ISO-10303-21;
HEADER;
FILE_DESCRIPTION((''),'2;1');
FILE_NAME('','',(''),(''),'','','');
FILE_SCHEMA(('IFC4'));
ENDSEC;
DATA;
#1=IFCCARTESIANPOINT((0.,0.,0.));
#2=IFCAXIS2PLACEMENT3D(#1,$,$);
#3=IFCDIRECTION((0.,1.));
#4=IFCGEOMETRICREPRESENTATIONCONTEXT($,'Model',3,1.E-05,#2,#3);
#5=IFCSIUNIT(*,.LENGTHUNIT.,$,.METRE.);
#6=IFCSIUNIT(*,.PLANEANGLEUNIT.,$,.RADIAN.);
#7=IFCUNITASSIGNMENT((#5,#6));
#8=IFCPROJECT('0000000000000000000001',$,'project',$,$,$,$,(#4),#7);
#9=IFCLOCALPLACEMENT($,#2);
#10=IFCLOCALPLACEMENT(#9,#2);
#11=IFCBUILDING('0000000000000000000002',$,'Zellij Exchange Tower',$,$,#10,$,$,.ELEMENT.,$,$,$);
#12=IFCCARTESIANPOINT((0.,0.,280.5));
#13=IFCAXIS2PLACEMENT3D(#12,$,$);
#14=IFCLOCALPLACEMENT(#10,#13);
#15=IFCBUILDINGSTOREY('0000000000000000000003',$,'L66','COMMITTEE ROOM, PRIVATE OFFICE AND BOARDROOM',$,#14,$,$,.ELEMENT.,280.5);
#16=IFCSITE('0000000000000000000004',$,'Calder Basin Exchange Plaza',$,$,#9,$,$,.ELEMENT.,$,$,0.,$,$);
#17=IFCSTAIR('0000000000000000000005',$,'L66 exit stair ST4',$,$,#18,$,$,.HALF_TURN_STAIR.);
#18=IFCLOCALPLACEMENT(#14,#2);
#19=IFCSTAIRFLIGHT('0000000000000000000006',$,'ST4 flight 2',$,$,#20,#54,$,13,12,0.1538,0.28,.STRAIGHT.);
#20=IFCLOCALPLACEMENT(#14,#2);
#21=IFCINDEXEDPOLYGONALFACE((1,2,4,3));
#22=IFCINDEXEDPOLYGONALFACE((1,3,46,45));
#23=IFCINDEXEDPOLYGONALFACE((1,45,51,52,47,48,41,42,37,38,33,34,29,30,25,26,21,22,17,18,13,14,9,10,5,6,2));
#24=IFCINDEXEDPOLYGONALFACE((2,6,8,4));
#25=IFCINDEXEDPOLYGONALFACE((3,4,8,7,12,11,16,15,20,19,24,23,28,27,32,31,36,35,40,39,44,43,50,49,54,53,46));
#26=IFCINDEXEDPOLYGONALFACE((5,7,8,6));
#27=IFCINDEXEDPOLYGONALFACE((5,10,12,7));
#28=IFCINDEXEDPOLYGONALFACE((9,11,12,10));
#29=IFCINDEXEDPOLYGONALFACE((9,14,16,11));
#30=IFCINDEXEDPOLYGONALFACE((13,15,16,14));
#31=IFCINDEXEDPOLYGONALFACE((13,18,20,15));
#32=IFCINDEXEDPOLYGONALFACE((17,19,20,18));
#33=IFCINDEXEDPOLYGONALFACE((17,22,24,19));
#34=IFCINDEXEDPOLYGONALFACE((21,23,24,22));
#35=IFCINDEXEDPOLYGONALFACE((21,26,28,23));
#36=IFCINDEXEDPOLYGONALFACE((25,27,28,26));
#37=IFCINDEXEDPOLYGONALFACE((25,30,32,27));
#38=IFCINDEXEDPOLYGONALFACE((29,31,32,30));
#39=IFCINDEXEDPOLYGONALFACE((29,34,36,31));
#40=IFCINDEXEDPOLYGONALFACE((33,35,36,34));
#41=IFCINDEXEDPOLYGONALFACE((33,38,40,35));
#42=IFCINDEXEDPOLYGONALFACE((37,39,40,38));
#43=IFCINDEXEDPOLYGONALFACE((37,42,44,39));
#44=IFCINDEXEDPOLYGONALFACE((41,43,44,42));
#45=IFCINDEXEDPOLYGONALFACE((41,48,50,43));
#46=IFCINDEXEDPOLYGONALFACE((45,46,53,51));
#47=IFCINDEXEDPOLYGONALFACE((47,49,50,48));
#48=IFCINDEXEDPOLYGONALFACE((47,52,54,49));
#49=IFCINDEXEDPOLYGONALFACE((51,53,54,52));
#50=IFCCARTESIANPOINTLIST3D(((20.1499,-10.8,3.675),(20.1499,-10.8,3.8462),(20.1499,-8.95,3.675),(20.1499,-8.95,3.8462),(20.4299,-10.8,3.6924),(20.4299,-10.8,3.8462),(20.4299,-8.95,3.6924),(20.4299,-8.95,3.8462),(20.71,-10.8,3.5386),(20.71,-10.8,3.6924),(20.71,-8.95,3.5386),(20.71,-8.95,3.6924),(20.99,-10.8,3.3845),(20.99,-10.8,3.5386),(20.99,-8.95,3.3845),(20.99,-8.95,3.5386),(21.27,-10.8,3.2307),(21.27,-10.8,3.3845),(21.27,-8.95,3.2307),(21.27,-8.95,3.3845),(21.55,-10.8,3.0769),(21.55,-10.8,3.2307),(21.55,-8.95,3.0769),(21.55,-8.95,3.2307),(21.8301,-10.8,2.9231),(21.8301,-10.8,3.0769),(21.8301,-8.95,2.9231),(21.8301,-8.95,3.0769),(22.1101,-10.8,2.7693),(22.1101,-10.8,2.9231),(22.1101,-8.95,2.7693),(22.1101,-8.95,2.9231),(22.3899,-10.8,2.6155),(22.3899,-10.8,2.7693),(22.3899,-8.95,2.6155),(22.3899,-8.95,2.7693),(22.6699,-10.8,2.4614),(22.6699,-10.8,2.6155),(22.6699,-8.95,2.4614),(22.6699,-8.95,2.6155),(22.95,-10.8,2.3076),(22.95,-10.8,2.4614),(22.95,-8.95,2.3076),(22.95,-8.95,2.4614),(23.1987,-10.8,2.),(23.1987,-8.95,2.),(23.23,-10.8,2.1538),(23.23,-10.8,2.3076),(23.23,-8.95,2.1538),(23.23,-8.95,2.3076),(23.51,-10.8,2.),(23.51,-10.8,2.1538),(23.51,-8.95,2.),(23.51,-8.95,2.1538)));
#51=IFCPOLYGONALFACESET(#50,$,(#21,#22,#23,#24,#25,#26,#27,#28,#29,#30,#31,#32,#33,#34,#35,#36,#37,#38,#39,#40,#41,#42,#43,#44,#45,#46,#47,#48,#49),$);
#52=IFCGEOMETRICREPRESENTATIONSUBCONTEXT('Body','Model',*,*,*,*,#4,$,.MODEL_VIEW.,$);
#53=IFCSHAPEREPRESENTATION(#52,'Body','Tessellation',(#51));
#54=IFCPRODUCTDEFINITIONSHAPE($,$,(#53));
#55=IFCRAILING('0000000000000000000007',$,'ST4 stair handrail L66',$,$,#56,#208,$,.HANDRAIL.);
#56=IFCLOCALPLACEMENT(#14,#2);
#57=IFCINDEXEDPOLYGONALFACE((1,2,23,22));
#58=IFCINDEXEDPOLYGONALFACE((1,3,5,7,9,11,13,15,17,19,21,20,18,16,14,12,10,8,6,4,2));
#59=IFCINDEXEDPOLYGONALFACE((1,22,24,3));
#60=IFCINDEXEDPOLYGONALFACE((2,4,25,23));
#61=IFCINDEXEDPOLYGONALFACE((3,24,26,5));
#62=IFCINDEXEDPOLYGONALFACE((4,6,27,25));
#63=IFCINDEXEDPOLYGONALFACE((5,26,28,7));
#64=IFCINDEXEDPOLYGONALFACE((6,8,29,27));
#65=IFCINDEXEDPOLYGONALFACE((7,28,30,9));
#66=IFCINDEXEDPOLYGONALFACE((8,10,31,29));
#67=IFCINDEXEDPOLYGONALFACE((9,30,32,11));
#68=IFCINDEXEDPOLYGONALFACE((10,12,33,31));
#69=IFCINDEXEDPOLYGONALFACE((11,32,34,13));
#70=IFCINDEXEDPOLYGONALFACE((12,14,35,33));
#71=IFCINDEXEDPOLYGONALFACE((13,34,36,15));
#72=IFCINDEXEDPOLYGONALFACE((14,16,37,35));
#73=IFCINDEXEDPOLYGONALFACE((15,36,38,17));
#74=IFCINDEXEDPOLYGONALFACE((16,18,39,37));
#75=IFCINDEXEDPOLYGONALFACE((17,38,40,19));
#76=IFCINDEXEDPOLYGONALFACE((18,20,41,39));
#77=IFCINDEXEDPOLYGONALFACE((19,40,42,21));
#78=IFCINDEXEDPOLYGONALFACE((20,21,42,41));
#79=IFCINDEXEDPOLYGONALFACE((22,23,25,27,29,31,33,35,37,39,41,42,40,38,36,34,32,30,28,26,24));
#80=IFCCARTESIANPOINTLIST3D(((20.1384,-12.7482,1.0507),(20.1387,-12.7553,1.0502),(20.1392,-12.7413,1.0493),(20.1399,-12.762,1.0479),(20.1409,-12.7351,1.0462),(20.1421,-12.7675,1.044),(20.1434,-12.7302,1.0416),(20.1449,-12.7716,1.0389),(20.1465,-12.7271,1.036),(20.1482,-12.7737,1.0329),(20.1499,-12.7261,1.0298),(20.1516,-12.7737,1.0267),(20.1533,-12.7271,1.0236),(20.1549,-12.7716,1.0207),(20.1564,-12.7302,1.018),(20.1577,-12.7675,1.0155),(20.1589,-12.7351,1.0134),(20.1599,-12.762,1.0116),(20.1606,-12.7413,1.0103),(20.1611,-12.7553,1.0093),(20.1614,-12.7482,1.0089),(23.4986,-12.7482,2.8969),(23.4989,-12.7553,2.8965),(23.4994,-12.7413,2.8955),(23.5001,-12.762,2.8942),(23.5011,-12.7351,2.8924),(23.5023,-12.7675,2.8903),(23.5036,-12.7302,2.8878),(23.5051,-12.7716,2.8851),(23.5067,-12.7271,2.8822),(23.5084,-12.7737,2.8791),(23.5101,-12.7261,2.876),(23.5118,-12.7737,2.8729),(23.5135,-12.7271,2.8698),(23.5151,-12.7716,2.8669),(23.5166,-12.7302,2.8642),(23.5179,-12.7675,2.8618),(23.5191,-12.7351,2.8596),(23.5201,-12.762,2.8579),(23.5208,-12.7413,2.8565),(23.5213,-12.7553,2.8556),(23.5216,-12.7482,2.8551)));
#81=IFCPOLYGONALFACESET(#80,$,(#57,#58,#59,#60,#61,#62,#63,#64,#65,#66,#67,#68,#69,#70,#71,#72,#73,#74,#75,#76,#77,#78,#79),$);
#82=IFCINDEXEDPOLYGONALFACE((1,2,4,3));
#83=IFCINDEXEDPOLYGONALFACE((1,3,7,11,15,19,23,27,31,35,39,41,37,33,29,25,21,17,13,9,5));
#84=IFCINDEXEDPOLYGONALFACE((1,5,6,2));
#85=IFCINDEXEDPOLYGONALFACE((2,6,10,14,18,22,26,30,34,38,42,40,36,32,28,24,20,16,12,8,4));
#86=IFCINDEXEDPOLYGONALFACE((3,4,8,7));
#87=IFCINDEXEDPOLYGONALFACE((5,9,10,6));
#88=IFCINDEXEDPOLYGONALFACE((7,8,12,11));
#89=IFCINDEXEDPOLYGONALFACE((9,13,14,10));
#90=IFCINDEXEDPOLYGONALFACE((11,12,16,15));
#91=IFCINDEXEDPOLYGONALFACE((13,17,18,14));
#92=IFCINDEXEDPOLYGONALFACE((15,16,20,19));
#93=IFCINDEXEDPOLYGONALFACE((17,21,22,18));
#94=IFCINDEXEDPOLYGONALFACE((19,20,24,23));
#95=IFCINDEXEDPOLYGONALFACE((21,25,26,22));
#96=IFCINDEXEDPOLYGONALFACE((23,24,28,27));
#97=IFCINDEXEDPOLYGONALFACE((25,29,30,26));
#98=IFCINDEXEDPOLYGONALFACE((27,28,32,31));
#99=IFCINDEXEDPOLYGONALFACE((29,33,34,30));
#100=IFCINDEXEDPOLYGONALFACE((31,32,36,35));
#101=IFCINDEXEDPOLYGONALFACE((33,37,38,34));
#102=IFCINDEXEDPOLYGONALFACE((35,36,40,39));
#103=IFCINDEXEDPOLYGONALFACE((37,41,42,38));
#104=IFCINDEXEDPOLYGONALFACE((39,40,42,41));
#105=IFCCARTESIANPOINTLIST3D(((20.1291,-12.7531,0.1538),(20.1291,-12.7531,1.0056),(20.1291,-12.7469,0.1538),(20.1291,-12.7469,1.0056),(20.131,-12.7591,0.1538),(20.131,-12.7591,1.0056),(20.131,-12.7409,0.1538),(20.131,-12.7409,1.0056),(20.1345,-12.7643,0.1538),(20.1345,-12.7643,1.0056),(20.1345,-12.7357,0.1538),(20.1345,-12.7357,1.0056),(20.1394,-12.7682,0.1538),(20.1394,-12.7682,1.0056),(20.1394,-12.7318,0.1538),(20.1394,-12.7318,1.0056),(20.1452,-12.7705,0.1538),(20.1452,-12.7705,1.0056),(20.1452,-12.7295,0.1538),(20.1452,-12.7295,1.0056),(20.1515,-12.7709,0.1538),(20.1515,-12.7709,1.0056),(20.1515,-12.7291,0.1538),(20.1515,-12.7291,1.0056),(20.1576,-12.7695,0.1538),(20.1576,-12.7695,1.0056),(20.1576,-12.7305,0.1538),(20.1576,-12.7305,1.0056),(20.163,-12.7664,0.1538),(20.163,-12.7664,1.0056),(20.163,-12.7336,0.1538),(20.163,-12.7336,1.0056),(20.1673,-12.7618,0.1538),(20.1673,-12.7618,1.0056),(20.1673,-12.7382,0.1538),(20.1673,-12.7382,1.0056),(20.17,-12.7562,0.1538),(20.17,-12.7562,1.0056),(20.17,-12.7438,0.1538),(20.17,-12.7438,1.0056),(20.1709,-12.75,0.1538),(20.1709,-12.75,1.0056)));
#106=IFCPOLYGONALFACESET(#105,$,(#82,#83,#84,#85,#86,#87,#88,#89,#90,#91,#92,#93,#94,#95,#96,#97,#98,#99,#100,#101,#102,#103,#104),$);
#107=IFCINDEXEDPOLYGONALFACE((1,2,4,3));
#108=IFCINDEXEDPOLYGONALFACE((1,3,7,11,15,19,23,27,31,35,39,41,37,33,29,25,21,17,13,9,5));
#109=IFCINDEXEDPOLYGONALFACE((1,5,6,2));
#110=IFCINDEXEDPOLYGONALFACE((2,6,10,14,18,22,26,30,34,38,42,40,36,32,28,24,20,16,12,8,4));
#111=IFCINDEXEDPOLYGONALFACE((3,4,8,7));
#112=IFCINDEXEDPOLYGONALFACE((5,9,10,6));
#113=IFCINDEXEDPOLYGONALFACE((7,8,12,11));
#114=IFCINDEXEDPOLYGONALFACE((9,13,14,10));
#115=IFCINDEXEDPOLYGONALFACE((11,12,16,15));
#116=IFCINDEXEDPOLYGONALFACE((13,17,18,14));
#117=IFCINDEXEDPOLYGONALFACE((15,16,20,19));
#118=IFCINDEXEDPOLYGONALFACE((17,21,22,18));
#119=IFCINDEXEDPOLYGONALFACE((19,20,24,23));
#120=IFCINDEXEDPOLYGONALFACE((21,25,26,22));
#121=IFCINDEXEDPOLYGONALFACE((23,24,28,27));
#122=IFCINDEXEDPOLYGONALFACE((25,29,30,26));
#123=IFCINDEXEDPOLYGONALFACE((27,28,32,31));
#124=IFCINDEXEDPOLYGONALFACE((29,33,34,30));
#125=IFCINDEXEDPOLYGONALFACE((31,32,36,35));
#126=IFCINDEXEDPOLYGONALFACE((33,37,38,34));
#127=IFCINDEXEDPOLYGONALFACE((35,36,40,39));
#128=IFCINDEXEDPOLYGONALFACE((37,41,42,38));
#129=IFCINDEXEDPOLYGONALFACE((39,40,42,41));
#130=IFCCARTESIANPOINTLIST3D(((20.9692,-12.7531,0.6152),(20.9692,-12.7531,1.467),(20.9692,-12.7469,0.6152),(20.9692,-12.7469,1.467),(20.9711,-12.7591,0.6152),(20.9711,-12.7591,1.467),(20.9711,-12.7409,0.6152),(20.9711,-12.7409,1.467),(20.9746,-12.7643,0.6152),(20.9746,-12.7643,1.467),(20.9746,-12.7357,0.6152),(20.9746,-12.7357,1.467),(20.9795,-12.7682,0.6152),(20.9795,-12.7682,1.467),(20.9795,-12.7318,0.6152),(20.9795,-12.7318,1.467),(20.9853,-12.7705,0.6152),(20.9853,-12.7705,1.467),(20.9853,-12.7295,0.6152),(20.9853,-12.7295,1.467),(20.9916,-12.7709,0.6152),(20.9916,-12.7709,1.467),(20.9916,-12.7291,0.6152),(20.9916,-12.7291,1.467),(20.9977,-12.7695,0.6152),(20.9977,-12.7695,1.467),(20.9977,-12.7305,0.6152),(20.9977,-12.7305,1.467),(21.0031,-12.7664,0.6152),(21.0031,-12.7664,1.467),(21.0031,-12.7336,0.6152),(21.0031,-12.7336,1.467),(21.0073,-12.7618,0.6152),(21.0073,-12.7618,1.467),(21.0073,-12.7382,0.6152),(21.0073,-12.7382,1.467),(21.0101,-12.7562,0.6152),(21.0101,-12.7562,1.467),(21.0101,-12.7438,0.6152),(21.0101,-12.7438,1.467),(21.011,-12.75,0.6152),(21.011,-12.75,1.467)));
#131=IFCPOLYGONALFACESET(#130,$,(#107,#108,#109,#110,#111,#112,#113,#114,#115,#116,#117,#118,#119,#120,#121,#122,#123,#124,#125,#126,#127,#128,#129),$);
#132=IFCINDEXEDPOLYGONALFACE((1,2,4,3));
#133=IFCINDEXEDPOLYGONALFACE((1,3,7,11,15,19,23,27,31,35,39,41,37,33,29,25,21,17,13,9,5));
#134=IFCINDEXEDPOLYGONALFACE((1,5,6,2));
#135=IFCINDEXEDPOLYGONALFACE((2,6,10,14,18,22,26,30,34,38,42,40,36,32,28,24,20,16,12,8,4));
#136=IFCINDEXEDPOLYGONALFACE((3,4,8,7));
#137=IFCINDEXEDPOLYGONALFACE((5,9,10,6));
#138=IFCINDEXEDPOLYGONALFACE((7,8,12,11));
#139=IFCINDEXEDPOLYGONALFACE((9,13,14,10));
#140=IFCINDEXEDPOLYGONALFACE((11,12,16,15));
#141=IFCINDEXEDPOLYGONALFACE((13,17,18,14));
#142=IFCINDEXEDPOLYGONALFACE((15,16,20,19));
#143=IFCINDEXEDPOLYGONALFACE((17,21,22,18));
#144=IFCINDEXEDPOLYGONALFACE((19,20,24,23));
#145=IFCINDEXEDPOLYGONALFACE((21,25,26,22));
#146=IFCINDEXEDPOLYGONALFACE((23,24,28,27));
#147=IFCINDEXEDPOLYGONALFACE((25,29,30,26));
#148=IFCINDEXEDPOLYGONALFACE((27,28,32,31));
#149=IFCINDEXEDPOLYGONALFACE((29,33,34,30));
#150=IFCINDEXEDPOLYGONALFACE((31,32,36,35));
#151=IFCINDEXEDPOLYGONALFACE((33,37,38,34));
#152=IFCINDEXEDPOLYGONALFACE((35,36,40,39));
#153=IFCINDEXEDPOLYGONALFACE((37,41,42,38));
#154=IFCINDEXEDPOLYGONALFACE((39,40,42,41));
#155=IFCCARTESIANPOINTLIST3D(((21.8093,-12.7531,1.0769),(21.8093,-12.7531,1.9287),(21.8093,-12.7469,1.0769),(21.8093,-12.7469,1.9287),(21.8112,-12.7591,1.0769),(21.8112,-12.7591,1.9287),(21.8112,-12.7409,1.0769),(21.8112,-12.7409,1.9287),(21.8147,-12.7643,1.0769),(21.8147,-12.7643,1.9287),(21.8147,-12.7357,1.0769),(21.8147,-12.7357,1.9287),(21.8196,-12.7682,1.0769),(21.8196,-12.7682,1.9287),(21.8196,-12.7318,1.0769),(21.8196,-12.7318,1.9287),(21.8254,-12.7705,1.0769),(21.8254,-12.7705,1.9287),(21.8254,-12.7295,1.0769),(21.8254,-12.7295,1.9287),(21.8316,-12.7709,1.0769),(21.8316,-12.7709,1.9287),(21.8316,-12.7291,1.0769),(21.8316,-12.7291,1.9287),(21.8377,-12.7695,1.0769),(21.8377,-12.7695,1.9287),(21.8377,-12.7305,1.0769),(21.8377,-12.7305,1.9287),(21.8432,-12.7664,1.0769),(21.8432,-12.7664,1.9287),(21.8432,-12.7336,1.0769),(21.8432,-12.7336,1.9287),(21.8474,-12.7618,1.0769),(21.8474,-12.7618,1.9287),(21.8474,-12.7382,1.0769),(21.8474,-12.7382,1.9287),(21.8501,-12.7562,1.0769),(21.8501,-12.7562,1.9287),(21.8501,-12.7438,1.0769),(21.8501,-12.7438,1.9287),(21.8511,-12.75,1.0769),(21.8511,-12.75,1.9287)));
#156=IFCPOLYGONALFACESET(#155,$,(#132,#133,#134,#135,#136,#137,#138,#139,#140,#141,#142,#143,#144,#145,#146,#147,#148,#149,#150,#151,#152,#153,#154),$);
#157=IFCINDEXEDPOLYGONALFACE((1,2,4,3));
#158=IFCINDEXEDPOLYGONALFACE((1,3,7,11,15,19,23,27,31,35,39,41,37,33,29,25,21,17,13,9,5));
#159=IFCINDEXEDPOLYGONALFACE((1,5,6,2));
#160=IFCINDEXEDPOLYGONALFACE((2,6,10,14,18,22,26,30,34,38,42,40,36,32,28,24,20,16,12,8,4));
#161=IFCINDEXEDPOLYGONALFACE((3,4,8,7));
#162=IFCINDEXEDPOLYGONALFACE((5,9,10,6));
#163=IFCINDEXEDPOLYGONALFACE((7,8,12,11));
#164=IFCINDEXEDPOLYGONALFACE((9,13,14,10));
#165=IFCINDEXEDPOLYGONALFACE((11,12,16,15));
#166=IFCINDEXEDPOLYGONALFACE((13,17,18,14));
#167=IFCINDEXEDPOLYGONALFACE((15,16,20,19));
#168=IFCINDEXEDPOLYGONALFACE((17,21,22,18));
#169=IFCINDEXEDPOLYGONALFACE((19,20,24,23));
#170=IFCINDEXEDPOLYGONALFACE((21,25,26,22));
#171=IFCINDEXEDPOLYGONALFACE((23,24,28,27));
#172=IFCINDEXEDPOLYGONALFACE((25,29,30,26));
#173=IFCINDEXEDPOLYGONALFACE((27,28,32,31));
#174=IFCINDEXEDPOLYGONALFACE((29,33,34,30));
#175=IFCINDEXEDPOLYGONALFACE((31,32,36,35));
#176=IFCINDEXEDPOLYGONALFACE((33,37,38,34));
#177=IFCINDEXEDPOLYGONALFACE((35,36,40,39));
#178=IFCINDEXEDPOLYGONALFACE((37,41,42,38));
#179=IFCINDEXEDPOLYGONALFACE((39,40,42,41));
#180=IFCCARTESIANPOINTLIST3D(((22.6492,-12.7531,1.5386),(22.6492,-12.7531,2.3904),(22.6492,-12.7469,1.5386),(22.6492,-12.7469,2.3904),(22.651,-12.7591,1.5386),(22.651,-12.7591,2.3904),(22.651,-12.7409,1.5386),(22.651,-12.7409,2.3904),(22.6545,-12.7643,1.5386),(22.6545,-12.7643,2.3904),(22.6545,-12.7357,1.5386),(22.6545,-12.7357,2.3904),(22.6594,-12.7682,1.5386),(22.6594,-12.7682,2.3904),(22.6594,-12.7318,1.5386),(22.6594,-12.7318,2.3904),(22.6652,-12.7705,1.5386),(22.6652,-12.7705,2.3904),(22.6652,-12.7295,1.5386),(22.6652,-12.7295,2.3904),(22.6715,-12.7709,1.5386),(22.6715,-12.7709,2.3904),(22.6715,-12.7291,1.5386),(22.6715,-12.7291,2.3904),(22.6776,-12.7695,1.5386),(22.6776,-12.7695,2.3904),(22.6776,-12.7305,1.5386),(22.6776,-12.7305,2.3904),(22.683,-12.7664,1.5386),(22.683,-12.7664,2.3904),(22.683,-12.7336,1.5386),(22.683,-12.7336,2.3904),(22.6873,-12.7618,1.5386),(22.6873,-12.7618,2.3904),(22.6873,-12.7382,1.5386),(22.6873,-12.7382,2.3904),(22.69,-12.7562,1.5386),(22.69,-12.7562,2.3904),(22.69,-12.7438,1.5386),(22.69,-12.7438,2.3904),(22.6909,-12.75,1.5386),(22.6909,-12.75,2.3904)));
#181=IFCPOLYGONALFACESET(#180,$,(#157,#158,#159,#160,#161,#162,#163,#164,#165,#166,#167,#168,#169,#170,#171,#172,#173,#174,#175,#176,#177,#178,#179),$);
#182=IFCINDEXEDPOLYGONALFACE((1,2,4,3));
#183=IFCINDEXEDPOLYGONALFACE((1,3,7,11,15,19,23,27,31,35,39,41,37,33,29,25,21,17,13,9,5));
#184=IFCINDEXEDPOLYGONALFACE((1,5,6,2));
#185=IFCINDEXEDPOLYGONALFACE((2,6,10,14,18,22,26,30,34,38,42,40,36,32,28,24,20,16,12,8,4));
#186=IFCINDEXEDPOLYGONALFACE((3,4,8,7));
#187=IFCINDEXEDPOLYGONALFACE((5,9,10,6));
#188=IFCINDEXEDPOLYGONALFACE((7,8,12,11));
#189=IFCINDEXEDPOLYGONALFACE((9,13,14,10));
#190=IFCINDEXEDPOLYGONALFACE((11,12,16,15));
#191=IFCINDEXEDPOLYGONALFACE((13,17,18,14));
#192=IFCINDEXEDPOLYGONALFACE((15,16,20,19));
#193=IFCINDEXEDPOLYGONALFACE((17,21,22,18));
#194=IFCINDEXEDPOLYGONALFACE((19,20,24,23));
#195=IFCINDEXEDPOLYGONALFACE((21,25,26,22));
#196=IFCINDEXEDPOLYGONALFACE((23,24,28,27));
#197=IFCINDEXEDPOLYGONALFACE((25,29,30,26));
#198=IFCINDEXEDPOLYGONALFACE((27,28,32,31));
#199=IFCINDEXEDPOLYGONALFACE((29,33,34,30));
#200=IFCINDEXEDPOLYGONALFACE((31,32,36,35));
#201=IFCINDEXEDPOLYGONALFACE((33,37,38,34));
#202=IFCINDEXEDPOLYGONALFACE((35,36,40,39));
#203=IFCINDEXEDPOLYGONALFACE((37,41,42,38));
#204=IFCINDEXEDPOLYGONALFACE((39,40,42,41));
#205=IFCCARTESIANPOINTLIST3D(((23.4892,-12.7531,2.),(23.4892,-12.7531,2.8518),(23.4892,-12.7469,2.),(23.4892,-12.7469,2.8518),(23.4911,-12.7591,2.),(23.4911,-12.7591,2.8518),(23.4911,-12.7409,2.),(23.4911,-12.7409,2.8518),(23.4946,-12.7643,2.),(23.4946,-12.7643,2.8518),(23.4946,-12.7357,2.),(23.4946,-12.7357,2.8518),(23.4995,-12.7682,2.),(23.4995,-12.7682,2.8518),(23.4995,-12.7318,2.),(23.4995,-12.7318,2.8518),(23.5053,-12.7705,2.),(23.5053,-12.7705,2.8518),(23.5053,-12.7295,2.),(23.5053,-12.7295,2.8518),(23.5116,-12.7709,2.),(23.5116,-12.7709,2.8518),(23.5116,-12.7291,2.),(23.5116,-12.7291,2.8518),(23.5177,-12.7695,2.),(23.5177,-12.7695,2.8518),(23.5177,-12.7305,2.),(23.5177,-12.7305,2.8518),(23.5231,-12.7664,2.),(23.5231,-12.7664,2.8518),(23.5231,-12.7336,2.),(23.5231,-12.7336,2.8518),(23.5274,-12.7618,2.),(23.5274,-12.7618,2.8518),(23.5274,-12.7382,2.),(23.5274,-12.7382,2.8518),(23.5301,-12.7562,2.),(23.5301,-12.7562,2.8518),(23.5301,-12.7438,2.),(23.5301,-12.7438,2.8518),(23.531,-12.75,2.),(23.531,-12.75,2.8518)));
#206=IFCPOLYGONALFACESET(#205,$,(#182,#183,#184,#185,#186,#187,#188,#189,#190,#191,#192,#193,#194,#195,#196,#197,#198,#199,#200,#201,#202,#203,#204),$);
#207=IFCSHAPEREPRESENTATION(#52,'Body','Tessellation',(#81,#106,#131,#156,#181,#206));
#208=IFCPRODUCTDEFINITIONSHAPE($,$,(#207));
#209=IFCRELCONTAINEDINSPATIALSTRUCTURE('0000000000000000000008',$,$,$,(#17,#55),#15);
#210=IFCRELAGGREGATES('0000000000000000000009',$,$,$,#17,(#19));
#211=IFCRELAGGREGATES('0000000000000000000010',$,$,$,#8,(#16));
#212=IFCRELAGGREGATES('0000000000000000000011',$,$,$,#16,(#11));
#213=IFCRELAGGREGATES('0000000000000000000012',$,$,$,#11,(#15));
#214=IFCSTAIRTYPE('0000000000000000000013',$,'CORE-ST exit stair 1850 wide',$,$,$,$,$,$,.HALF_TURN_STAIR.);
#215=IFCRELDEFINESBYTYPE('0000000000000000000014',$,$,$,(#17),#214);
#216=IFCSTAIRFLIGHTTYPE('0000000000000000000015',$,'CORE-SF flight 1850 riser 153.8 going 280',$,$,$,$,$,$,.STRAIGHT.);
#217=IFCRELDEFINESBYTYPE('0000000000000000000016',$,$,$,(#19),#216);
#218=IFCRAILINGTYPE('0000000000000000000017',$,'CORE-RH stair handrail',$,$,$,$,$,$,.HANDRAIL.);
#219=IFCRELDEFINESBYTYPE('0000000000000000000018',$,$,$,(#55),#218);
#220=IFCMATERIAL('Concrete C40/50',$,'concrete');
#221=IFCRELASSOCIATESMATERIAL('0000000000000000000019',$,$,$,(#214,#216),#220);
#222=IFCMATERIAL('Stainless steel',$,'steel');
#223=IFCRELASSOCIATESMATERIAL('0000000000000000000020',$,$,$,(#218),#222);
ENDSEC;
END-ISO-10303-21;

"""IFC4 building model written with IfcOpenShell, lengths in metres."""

from ifc_helpers import new_model, si_unit, direction, frame, origin, origin_2d, place, context, subcontext, project, spatial, polyline, circle, outline, extrude, material, type_object, element, aggregate, save


model = new_model("IFC4")

# Units and contexts
model_context = context("Model", 3, precision=1e-05, world=origin(), true_north=direction((0.0, 1.0)))
body_context = subcontext(model_context, "Body", "Model", "MODEL_VIEW")
ifc_project = project(units=[si_unit("LENGTHUNIT", "METRE"), si_unit("PLANEANGLEUNIT", "RADIAN")], contexts=[model_context])

# Site, building, storey
site_placement = place(None, origin())
site = spatial("IfcSite", under=ifc_project, at=site_placement, Name="Calder Basin Exchange Plaza", CompositionType="ELEMENT", RefElevation=0.0)
building_placement = place(site_placement, origin())
building = spatial("IfcBuilding", under=site, at=building_placement, Name="Zellij Exchange Tower", CompositionType="ELEMENT")
storey_placement = place(building_placement, frame((0.0, 0.0, 280.5)))
storey = spatial("IfcBuildingStorey", under=building, at=storey_placement, Name="L66", Description="COMMITTEE ROOM, PRIVATE OFFICE AND BOARDROOM", CompositionType="ELEMENT", Elevation=280.5)

# Stair, stair flight
ifc_material_1 = material(Name="Concrete C40/50", Category="concrete")
stair_type = type_object("IfcStairType", Name="CORE-ST exit stair 1850 wide", PredefinedType="HALF_TURN_STAIR", material=ifc_material_1)
stair_placement = place(storey_placement, origin())
stair = element("IfcStair", 1, at=stair_placement, inside=storey, type_object=stair_type, Name="L66 exit stair ST4", PredefinedType="HALF_TURN_STAIR")
stair_flight_type = type_object("IfcStairFlightType", Name="CORE-SF flight 1850 riser 153.8 going 280", PredefinedType="STRAIGHT", material=ifc_material_1)
stair_flight_1_placement = place(storey_placement, frame((23.51, -9.875, 2.0), z_axis=(0.0, 0.0, 1.0), x_axis=(-1.0, 0.0, 0.0)))
stair_flight_1 = element("IfcStairFlight", 2, at=stair_flight_1_placement, type_object=stair_flight_type, Name="ST4 flight 2", NumberOfRisers=13, NumberOfTreads=12, PredefinedType="STRAIGHT", RiserHeight=0.1538, TreadLength=0.28, context=body_context, shape_type="SweptSolid", body=[
    extrude(outline(polyline([(0.0, 0.0), (0.0, 0.1538), (0.28, 0.1538), (0.28, 0.3076), (0.5601, 0.3076), (0.5601, 0.4614), (0.8401, 0.4614), (0.8401, 0.6155), (1.1201, 0.6155), (1.1201, 0.7693), (1.3999, 0.7693), (1.3999, 0.9231), (1.6799, 0.9231), (1.6799, 1.0769), (1.96, 1.0769), (1.96, 1.2307), (2.24, 1.2307), (2.24, 1.3845), (2.52, 1.3845), (2.52, 1.5386), (2.8, 1.5386), (2.8, 1.6924), (3.0801, 1.6924), (3.0801, 1.8462), (3.3601, 1.8462), (3.3601, 2.0), (3.3601, 1.675), (0.3113, 0.0), (0.0, 0.0)])), frame((0.0, 0.925, 0.0), z_axis=(0.0, -1.0, 0.0), x_axis=(1.0, 0.0, 0.0)), (0.0, 0.0, 1.0), 1.8501),
])
aggregate(stair, [stair_flight_1])

# Railing
ifc_material_2 = material(Name="Stainless steel", Category="steel")
railing_type_1 = type_object("IfcRailingType", Name="CORE-RH stair handrail", PredefinedType="HANDRAIL", material=ifc_material_2)
railing_1_placement = place(storey_placement, frame((20.1499, -12.75, 0.1538)))
element("IfcRailing", 3, at=railing_1_placement, inside=storey, type_object=railing_type_1, Name="ST4 stair handrail L66", PredefinedType="HANDRAIL", context=body_context, shape_type="SweptSolid", body=[
    extrude(circle(Radius=0.0239, at=origin_2d()), frame((0.0, 0.0, 0.876), z_axis=(0.876422, 0.0, 0.481545), x_axis=(0.0, 1.0, 0.0)), (0.0, 0.0, 1.0), 3.834),
    extrude(circle(Radius=0.021, at=origin_2d()), origin(), (0.0, 0.0, 1.0), 0.8518),
    extrude(circle(Radius=0.021, at=origin_2d()), frame((0.8401, 0.0, 0.4614)), (0.0, 0.0, 1.0), 0.8518),
    extrude(circle(Radius=0.021, at=origin_2d()), frame((1.6802, 0.0, 0.9231)), (0.0, 0.0, 1.0), 0.8518),
    extrude(circle(Radius=0.021, at=origin_2d()), frame((2.52, 0.0, 1.3848)), (0.0, 0.0, 1.0), 0.8518),
    extrude(circle(Radius=0.021, at=origin_2d()), frame((3.3601, 0.0, 1.8462)), (0.0, 0.0, 1.0), 0.8518),
])

save(model, "model.ifc")
